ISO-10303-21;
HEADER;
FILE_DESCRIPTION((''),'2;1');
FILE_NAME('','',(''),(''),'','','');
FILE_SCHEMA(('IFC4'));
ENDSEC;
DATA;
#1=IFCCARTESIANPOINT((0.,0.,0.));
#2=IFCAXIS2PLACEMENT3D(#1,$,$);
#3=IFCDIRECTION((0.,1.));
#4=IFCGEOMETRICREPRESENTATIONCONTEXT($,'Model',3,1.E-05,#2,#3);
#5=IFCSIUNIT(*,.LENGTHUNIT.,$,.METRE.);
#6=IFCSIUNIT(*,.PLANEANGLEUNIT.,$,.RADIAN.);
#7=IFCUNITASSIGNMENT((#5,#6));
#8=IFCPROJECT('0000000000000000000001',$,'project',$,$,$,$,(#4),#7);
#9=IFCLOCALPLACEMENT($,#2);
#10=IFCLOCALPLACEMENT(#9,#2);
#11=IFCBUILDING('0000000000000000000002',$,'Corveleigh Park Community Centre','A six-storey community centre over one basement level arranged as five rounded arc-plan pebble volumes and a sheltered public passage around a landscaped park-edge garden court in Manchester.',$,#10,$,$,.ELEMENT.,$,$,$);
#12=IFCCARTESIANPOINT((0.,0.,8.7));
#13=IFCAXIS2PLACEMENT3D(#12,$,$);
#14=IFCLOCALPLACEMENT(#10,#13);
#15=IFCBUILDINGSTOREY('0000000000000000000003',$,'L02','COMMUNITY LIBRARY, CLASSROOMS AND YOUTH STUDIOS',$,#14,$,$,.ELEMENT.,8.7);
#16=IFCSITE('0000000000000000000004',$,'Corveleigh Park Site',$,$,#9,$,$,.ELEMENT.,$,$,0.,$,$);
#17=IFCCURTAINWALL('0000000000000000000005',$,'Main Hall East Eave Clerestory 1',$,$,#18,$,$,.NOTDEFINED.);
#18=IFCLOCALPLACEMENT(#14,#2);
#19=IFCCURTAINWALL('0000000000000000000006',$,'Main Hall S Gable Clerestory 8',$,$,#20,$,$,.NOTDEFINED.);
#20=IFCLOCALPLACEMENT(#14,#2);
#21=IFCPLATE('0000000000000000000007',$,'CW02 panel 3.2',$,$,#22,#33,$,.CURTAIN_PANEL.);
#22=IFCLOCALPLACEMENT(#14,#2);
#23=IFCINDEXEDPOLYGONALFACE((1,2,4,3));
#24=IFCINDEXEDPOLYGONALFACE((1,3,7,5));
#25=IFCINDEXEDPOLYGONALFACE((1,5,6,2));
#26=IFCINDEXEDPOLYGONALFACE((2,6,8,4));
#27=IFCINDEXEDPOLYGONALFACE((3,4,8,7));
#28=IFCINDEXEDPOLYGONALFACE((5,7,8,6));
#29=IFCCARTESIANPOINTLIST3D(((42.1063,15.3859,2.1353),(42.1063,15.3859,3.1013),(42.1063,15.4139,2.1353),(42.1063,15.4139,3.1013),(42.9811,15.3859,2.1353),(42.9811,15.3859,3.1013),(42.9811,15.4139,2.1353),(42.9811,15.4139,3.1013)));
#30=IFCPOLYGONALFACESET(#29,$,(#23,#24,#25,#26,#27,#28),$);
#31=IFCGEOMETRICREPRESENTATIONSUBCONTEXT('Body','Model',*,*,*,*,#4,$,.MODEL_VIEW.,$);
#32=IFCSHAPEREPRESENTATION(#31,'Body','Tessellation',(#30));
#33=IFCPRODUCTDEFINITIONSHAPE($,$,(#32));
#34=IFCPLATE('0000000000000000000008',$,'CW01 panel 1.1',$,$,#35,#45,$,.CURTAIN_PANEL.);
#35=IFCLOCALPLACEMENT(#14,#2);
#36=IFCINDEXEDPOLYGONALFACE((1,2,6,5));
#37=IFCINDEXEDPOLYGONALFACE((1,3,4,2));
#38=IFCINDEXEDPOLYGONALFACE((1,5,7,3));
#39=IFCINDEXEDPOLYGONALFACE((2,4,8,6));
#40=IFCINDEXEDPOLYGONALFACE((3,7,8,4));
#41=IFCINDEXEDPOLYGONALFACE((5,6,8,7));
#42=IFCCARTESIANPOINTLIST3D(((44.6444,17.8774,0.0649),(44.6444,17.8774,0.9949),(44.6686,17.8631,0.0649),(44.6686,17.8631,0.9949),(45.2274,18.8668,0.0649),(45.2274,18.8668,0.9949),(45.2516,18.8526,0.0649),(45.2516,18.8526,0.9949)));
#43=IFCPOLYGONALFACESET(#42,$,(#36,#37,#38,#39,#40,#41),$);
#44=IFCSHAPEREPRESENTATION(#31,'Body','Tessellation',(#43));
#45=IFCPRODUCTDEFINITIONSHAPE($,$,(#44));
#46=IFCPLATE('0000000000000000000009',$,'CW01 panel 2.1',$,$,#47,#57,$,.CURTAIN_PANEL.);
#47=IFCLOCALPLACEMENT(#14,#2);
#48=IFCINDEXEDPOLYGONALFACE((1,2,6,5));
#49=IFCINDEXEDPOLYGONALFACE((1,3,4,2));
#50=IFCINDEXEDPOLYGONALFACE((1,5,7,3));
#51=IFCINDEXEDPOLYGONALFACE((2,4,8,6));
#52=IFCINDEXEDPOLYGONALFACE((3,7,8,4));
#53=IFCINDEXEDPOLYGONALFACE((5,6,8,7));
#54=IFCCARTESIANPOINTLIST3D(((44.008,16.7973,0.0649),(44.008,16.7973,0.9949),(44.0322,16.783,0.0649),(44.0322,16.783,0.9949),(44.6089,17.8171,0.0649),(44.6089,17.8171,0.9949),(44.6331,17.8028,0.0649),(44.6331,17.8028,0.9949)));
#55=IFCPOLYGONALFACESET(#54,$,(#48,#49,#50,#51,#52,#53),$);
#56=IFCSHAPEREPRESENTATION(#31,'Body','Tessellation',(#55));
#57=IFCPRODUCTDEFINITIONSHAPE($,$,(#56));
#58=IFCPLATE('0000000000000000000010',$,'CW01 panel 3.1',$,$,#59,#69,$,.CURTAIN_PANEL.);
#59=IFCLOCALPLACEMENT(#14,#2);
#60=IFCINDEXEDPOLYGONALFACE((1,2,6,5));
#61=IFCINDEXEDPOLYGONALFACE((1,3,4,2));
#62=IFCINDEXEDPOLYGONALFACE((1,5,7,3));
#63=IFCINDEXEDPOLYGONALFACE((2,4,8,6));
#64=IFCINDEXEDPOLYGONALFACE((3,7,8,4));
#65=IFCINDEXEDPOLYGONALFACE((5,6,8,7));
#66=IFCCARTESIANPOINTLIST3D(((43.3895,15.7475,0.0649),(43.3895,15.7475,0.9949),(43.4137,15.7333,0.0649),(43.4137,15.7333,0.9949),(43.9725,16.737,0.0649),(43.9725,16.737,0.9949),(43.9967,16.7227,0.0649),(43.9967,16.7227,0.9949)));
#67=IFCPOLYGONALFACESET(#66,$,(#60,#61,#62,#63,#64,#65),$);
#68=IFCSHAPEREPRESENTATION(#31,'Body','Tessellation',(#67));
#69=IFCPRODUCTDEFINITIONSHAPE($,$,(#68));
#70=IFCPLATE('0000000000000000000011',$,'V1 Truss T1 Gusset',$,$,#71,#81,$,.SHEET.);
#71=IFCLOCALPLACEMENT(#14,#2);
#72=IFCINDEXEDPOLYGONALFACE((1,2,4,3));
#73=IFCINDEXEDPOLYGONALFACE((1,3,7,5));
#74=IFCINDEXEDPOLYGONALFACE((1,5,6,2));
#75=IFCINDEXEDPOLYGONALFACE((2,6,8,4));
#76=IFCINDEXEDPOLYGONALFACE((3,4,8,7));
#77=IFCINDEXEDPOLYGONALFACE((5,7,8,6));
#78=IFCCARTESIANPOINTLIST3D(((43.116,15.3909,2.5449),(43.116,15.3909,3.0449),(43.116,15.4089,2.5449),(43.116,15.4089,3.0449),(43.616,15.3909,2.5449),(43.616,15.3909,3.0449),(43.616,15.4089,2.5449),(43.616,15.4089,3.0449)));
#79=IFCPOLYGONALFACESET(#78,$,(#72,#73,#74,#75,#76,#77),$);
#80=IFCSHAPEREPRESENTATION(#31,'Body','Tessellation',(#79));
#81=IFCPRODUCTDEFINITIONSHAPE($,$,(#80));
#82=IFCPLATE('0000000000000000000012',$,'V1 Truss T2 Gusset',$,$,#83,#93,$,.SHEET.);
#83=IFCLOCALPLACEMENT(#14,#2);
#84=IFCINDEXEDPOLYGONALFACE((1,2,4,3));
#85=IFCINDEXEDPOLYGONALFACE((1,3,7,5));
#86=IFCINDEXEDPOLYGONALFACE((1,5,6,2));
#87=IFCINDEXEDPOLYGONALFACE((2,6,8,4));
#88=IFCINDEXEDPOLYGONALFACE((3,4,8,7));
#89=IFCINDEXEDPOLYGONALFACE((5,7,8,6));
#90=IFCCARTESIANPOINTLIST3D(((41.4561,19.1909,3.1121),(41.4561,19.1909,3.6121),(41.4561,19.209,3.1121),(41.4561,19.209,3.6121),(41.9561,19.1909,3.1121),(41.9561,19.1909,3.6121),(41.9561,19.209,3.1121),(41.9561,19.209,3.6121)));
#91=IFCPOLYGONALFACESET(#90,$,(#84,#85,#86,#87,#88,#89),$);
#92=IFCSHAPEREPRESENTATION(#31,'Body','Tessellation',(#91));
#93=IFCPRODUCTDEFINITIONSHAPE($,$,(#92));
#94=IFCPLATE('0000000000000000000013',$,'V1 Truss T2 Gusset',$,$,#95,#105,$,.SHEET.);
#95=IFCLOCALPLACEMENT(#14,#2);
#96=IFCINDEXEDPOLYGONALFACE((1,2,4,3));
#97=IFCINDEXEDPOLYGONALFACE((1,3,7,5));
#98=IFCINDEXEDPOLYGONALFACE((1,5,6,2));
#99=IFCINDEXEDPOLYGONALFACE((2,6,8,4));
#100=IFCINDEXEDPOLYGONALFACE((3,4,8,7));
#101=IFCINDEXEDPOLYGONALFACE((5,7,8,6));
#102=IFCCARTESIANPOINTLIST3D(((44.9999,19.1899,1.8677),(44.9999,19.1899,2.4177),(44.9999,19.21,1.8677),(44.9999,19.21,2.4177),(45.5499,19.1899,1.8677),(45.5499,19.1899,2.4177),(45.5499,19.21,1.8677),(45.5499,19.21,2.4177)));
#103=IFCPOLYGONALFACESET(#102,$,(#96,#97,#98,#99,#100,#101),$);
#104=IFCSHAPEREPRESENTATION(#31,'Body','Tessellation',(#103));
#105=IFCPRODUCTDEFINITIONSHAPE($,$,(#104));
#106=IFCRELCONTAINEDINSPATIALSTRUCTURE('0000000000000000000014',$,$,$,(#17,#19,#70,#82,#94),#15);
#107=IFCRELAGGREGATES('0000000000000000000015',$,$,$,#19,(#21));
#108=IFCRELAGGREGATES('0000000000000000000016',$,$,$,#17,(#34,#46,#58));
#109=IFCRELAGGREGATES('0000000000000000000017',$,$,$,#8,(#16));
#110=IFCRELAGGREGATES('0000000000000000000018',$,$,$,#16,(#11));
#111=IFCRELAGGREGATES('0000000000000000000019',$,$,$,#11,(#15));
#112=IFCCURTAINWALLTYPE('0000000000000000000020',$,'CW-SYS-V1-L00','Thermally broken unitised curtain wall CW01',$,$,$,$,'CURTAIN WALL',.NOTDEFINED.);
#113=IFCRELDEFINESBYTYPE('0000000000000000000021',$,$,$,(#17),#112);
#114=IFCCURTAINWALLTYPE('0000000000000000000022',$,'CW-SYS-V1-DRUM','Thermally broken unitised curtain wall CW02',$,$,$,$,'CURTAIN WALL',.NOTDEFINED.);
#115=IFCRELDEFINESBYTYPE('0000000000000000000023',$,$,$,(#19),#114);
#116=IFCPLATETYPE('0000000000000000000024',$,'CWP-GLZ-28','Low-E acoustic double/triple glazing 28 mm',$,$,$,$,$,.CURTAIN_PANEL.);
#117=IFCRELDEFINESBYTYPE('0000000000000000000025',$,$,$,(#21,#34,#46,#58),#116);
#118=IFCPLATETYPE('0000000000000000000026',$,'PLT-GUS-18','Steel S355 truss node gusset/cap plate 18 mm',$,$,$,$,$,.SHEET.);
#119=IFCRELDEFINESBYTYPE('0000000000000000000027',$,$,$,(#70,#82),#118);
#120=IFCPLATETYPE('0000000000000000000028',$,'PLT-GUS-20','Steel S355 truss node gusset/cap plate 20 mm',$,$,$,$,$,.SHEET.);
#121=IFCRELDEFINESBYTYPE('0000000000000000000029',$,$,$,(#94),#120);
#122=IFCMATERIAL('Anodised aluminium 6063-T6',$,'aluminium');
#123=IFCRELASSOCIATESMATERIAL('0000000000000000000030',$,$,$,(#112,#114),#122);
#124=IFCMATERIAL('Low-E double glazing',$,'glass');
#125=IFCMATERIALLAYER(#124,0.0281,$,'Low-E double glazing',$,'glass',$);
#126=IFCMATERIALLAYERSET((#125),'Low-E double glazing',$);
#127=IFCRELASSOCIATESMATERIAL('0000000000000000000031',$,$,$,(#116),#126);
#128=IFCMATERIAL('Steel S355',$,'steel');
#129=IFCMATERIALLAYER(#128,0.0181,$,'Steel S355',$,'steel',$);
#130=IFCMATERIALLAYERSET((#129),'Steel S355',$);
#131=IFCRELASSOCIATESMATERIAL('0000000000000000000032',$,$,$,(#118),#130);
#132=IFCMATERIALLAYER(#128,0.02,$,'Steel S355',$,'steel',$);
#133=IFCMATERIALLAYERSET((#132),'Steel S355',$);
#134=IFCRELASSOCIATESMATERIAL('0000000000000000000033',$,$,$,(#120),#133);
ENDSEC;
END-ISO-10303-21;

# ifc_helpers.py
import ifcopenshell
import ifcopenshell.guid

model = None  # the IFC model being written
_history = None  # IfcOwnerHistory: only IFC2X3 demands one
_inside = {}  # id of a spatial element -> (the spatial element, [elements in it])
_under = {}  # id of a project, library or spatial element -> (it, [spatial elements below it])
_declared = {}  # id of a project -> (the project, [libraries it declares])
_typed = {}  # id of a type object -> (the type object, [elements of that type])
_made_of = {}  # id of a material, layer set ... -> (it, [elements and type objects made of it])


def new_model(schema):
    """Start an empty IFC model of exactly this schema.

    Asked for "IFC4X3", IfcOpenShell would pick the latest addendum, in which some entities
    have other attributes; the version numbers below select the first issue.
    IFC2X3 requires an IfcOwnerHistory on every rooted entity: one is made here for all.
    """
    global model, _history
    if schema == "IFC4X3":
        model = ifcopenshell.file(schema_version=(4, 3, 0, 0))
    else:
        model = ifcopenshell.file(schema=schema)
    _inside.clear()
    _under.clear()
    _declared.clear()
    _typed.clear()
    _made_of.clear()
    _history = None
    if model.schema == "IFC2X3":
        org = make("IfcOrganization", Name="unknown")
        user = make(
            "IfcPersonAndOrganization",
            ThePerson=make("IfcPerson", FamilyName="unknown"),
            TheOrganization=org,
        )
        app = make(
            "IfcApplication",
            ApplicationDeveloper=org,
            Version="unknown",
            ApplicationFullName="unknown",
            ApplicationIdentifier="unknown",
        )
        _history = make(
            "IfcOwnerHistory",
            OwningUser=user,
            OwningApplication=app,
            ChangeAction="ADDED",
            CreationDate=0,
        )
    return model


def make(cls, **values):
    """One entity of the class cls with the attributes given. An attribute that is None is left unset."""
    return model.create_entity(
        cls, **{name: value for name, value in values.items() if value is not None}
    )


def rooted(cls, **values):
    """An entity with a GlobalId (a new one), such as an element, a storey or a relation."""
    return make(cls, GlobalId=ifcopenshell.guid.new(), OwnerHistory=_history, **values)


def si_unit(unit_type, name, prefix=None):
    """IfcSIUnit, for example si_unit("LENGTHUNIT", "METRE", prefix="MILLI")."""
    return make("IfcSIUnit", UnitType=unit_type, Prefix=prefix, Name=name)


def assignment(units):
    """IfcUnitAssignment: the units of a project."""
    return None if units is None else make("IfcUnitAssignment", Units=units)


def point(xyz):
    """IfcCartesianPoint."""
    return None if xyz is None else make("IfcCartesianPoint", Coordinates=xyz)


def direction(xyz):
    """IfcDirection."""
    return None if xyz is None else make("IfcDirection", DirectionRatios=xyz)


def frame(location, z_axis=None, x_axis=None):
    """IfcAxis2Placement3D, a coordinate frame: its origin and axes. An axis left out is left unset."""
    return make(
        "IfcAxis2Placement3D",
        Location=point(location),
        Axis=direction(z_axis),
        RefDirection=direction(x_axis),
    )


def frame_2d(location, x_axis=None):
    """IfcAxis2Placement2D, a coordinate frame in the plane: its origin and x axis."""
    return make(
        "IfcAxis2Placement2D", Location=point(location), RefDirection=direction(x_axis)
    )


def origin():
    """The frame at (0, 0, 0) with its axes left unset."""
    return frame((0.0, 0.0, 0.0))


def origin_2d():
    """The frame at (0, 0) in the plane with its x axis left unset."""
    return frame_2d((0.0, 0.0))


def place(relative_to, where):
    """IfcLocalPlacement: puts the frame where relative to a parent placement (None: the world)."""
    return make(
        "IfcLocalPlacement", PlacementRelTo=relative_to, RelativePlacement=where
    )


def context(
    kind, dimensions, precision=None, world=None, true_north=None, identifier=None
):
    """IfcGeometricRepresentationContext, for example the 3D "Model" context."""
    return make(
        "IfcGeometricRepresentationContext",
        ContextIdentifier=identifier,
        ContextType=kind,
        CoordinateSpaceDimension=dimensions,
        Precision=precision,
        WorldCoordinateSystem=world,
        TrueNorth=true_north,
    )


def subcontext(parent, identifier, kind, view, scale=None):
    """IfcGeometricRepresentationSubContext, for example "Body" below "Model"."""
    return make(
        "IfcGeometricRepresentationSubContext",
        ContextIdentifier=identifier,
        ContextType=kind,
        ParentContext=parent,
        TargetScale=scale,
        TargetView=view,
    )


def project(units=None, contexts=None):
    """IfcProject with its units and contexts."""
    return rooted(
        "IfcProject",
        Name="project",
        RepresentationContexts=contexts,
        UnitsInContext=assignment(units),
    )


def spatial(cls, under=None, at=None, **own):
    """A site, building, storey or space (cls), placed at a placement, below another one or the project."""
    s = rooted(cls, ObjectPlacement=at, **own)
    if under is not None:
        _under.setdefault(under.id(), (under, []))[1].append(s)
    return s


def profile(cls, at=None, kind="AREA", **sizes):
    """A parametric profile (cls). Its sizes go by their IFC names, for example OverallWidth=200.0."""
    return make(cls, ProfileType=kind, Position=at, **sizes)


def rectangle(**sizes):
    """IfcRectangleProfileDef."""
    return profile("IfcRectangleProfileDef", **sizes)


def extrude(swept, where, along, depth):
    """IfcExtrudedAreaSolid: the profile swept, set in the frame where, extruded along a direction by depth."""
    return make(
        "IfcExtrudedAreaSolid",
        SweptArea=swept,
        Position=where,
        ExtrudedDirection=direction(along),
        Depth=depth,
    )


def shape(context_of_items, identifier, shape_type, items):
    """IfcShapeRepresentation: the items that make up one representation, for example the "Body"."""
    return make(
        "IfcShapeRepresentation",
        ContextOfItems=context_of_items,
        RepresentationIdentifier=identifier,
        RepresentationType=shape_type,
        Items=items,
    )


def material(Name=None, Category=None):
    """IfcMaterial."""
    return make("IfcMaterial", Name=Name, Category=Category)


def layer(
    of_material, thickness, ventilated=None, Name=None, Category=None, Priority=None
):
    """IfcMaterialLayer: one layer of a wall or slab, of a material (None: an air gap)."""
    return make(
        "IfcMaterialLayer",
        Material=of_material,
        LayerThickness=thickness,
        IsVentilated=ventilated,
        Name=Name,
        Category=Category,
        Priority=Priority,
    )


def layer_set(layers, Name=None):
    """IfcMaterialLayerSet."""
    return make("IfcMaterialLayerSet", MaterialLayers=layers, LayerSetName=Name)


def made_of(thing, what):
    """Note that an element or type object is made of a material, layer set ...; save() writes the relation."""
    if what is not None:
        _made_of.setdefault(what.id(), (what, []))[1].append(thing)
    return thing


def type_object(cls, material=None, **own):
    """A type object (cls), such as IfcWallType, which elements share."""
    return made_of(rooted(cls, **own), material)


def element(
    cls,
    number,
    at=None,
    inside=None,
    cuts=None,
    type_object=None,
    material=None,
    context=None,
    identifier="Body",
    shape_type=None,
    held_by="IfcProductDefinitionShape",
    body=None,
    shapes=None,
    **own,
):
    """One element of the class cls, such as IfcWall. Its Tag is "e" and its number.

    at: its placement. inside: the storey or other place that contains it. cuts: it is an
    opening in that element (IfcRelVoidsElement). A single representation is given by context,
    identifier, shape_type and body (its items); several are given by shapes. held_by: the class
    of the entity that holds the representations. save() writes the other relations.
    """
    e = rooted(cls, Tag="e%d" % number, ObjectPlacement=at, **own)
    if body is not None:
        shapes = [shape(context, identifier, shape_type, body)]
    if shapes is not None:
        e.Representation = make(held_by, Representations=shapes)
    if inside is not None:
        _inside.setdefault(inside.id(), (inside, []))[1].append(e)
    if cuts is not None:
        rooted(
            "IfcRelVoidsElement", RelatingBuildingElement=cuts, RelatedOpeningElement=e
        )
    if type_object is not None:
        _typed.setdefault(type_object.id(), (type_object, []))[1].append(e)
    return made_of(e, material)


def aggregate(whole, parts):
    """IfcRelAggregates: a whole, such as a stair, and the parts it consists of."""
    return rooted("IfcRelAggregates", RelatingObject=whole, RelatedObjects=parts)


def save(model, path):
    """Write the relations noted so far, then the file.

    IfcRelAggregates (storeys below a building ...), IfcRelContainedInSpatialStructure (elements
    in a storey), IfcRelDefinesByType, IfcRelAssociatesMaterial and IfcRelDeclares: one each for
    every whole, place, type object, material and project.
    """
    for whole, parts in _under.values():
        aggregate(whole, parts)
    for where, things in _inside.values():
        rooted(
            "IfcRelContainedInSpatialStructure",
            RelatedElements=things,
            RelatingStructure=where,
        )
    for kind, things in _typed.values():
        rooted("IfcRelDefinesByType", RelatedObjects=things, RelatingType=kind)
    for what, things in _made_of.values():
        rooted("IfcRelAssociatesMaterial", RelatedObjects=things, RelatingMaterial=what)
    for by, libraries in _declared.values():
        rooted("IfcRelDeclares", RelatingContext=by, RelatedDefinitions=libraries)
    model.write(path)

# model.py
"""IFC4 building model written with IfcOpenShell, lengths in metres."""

from ifc_helpers import new_model, si_unit, direction, frame, origin, origin_2d, place, context, subcontext, project, spatial, rectangle, extrude, material, layer, layer_set, type_object, element, aggregate, save


model = new_model("IFC4")

# Units and contexts
model_context = context("Model", 3, precision=1e-05, world=origin(), true_north=direction((0.0, 1.0)))
body_context = subcontext(model_context, "Body", "Model", "MODEL_VIEW")
ifc_project = project(units=[si_unit("LENGTHUNIT", "METRE"), si_unit("PLANEANGLEUNIT", "RADIAN")], contexts=[model_context])

# Site, building, storey
site_placement = place(None, origin())
site = spatial("IfcSite", under=ifc_project, at=site_placement, Name="Corveleigh Park Site", CompositionType="ELEMENT", RefElevation=0.0)
building_placement = place(site_placement, origin())
building = spatial("IfcBuilding", under=site, at=building_placement, Name="Corveleigh Park Community Centre", Description="A six-storey community centre over one basement level arranged as five rounded arc-plan pebble volumes and a sheltered public passage around a landscaped park-edge garden court in Manchester.", CompositionType="ELEMENT")
storey_placement = place(building_placement, frame((0.0, 0.0, 8.7)))
storey = spatial("IfcBuildingStorey", under=building, at=storey_placement, Name="L02", Description="COMMUNITY LIBRARY, CLASSROOMS AND YOUTH STUDIOS", CompositionType="ELEMENT", Elevation=8.7)

# Shared definitions
ifc_material_1 = material(Name="Steel S355", Category="steel")

# Curtain walls
ifc_material_2 = material(Name="Anodised aluminium 6063-T6", Category="aluminium")
curtain_wall_type_1 = type_object("IfcCurtainWallType", Name="CW-SYS-V1-L00", Description="Thermally broken unitised curtain wall CW01", ElementType="CURTAIN WALL", PredefinedType="NOTDEFINED", material=ifc_material_2)
curtain_wall_1_placement = place(storey_placement, origin())
curtain_wall_1 = element("IfcCurtainWall", 1, at=curtain_wall_1_placement, inside=storey, type_object=curtain_wall_type_1, Name="Main Hall East Eave Clerestory 1", PredefinedType="NOTDEFINED")
curtain_wall_type_2 = type_object("IfcCurtainWallType", Name="CW-SYS-V1-DRUM", Description="Thermally broken unitised curtain wall CW02", ElementType="CURTAIN WALL", PredefinedType="NOTDEFINED", material=ifc_material_2)
curtain_wall_2_placement = place(storey_placement, origin())
curtain_wall_2 = element("IfcCurtainWall", 2, at=curtain_wall_2_placement, inside=storey, type_object=curtain_wall_type_2, Name="Main Hall S Gable Clerestory 8", PredefinedType="NOTDEFINED")

# Plates
ifc_material_3 = material(Name="Low-E double glazing", Category="glass")
ifc_layer_1 = layer(ifc_material_3, 0.0281, Name="Low-E double glazing", Category="glass")
ifc_layer_set_1 = layer_set([ifc_layer_1], Name="Low-E double glazing")
plate_type_1 = type_object("IfcPlateType", Name="CWP-GLZ-28", Description="Low-E acoustic double/triple glazing 28 mm", PredefinedType="CURTAIN_PANEL", material=ifc_layer_set_1)
plate_1_placement = place(storey_placement, frame((42.5437, 15.3999, 2.1353), z_axis=(0.0, 0.0, 1.0), x_axis=(1.0, 0.0, 0.0)))
plate_1 = element("IfcPlate", 3, at=plate_1_placement, type_object=plate_type_1, Name="CW02 panel 3.2", PredefinedType="CURTAIN_PANEL", context=body_context, shape_type="SweptSolid", body=[
    extrude(rectangle(XDim=0.8748, YDim=0.0281, at=origin_2d()), origin(), (0.0, 0.0, 1.0), 0.9661),
])
aggregate(curtain_wall_2, [plate_1])
plate_2_placement = place(storey_placement, frame((44.948, 18.365, 0.0649), z_axis=(0.0, 0.0, 1.0), x_axis=(-0.507636, -0.861572, 0.0)))
plate_2 = element("IfcPlate", 4, at=plate_2_placement, type_object=plate_type_1, Name="CW01 panel 1.1", PredefinedType="CURTAIN_PANEL", context=body_context, shape_type="SweptSolid", body=[
    extrude(rectangle(XDim=1.1484, YDim=0.0281, at=origin_2d()), origin(), (0.0, 0.0, 1.0), 0.9299),
])
plate_3_placement = place(storey_placement, frame((44.3206, 17.3, 0.0649), z_axis=(0.0, 0.0, 1.0), x_axis=(-0.507636, -0.861572, 0.0)))
plate_3 = element("IfcPlate", 5, at=plate_3_placement, type_object=plate_type_1, Name="CW01 panel 2.1", PredefinedType="CURTAIN_PANEL", context=body_context, shape_type="SweptSolid", body=[
    extrude(rectangle(XDim=1.1836, YDim=0.0281, at=origin_2d()), origin(), (0.0, 0.0, 1.0), 0.9299),
])
plate_4_placement = place(storey_placement, frame((43.6931, 16.2351, 0.0649), z_axis=(0.0, 0.0, 1.0), x_axis=(-0.507636, -0.861572, 0.0)))
plate_4 = element("IfcPlate", 6, at=plate_4_placement, type_object=plate_type_1, Name="CW01 panel 3.1", PredefinedType="CURTAIN_PANEL", context=body_context, shape_type="SweptSolid", body=[
    extrude(rectangle(XDim=1.1484, YDim=0.0281, at=origin_2d()), origin(), (0.0, 0.0, 1.0), 0.9299),
])
aggregate(curtain_wall_1, [plate_2, plate_3, plate_4])

# Plates
ifc_layer_2 = layer(ifc_material_1, 0.0181, Name="Steel S355", Category="steel")
ifc_layer_set_2 = layer_set([ifc_layer_2], Name="Steel S355")
plate_type_2 = type_object("IfcPlateType", Name="PLT-GUS-18", Description="Steel S355 truss node gusset/cap plate 18 mm", PredefinedType="SHEET", material=ifc_layer_set_2)
for number, where, z_axis, x_axis, name in (
    (7, (43.366, 15.3999, 2.5449), (0.0, 0.0, 1.0), (1.0, 0.0, 0.0), "V1 Truss T1 Gusset"),
    (8, (41.7061, 19.2, 3.1121), (0.0, 0.0, 1.0), (1.0, 0.0, 0.0), "V1 Truss T2 Gusset"),
):
    element("IfcPlate", number, at=place(storey_placement, frame(where, z_axis=z_axis, x_axis=x_axis)), inside=storey, type_object=plate_type_2, Name=name, PredefinedType="SHEET", context=body_context, shape_type="SweptSolid", body=[
        extrude(rectangle(XDim=0.5, YDim=0.0181, at=origin_2d()), origin(), (0.0, 0.0, 1.0), 0.5),
    ])
ifc_layer_3 = layer(ifc_material_1, 0.02, Name="Steel S355", Category="steel")
ifc_layer_set_3 = layer_set([ifc_layer_3], Name="Steel S355")
plate_type_3 = type_object("IfcPlateType", Name="PLT-GUS-20", Description="Steel S355 truss node gusset/cap plate 20 mm", PredefinedType="SHEET", material=ifc_layer_set_3)
plate_5_placement = place(storey_placement, frame((45.2749, 19.2, 1.8677), z_axis=(0.0, 0.0, 1.0), x_axis=(1.0, 0.0, 0.0)))
element("IfcPlate", 9, at=plate_5_placement, inside=storey, type_object=plate_type_3, Name="V1 Truss T2 Gusset", PredefinedType="SHEET", context=body_context, shape_type="SweptSolid", body=[
    extrude(rectangle(XDim=0.55, YDim=0.02, at=origin_2d()), origin(), (0.0, 0.0, 1.0), 0.55),
])

save(model, "model.ifc")
